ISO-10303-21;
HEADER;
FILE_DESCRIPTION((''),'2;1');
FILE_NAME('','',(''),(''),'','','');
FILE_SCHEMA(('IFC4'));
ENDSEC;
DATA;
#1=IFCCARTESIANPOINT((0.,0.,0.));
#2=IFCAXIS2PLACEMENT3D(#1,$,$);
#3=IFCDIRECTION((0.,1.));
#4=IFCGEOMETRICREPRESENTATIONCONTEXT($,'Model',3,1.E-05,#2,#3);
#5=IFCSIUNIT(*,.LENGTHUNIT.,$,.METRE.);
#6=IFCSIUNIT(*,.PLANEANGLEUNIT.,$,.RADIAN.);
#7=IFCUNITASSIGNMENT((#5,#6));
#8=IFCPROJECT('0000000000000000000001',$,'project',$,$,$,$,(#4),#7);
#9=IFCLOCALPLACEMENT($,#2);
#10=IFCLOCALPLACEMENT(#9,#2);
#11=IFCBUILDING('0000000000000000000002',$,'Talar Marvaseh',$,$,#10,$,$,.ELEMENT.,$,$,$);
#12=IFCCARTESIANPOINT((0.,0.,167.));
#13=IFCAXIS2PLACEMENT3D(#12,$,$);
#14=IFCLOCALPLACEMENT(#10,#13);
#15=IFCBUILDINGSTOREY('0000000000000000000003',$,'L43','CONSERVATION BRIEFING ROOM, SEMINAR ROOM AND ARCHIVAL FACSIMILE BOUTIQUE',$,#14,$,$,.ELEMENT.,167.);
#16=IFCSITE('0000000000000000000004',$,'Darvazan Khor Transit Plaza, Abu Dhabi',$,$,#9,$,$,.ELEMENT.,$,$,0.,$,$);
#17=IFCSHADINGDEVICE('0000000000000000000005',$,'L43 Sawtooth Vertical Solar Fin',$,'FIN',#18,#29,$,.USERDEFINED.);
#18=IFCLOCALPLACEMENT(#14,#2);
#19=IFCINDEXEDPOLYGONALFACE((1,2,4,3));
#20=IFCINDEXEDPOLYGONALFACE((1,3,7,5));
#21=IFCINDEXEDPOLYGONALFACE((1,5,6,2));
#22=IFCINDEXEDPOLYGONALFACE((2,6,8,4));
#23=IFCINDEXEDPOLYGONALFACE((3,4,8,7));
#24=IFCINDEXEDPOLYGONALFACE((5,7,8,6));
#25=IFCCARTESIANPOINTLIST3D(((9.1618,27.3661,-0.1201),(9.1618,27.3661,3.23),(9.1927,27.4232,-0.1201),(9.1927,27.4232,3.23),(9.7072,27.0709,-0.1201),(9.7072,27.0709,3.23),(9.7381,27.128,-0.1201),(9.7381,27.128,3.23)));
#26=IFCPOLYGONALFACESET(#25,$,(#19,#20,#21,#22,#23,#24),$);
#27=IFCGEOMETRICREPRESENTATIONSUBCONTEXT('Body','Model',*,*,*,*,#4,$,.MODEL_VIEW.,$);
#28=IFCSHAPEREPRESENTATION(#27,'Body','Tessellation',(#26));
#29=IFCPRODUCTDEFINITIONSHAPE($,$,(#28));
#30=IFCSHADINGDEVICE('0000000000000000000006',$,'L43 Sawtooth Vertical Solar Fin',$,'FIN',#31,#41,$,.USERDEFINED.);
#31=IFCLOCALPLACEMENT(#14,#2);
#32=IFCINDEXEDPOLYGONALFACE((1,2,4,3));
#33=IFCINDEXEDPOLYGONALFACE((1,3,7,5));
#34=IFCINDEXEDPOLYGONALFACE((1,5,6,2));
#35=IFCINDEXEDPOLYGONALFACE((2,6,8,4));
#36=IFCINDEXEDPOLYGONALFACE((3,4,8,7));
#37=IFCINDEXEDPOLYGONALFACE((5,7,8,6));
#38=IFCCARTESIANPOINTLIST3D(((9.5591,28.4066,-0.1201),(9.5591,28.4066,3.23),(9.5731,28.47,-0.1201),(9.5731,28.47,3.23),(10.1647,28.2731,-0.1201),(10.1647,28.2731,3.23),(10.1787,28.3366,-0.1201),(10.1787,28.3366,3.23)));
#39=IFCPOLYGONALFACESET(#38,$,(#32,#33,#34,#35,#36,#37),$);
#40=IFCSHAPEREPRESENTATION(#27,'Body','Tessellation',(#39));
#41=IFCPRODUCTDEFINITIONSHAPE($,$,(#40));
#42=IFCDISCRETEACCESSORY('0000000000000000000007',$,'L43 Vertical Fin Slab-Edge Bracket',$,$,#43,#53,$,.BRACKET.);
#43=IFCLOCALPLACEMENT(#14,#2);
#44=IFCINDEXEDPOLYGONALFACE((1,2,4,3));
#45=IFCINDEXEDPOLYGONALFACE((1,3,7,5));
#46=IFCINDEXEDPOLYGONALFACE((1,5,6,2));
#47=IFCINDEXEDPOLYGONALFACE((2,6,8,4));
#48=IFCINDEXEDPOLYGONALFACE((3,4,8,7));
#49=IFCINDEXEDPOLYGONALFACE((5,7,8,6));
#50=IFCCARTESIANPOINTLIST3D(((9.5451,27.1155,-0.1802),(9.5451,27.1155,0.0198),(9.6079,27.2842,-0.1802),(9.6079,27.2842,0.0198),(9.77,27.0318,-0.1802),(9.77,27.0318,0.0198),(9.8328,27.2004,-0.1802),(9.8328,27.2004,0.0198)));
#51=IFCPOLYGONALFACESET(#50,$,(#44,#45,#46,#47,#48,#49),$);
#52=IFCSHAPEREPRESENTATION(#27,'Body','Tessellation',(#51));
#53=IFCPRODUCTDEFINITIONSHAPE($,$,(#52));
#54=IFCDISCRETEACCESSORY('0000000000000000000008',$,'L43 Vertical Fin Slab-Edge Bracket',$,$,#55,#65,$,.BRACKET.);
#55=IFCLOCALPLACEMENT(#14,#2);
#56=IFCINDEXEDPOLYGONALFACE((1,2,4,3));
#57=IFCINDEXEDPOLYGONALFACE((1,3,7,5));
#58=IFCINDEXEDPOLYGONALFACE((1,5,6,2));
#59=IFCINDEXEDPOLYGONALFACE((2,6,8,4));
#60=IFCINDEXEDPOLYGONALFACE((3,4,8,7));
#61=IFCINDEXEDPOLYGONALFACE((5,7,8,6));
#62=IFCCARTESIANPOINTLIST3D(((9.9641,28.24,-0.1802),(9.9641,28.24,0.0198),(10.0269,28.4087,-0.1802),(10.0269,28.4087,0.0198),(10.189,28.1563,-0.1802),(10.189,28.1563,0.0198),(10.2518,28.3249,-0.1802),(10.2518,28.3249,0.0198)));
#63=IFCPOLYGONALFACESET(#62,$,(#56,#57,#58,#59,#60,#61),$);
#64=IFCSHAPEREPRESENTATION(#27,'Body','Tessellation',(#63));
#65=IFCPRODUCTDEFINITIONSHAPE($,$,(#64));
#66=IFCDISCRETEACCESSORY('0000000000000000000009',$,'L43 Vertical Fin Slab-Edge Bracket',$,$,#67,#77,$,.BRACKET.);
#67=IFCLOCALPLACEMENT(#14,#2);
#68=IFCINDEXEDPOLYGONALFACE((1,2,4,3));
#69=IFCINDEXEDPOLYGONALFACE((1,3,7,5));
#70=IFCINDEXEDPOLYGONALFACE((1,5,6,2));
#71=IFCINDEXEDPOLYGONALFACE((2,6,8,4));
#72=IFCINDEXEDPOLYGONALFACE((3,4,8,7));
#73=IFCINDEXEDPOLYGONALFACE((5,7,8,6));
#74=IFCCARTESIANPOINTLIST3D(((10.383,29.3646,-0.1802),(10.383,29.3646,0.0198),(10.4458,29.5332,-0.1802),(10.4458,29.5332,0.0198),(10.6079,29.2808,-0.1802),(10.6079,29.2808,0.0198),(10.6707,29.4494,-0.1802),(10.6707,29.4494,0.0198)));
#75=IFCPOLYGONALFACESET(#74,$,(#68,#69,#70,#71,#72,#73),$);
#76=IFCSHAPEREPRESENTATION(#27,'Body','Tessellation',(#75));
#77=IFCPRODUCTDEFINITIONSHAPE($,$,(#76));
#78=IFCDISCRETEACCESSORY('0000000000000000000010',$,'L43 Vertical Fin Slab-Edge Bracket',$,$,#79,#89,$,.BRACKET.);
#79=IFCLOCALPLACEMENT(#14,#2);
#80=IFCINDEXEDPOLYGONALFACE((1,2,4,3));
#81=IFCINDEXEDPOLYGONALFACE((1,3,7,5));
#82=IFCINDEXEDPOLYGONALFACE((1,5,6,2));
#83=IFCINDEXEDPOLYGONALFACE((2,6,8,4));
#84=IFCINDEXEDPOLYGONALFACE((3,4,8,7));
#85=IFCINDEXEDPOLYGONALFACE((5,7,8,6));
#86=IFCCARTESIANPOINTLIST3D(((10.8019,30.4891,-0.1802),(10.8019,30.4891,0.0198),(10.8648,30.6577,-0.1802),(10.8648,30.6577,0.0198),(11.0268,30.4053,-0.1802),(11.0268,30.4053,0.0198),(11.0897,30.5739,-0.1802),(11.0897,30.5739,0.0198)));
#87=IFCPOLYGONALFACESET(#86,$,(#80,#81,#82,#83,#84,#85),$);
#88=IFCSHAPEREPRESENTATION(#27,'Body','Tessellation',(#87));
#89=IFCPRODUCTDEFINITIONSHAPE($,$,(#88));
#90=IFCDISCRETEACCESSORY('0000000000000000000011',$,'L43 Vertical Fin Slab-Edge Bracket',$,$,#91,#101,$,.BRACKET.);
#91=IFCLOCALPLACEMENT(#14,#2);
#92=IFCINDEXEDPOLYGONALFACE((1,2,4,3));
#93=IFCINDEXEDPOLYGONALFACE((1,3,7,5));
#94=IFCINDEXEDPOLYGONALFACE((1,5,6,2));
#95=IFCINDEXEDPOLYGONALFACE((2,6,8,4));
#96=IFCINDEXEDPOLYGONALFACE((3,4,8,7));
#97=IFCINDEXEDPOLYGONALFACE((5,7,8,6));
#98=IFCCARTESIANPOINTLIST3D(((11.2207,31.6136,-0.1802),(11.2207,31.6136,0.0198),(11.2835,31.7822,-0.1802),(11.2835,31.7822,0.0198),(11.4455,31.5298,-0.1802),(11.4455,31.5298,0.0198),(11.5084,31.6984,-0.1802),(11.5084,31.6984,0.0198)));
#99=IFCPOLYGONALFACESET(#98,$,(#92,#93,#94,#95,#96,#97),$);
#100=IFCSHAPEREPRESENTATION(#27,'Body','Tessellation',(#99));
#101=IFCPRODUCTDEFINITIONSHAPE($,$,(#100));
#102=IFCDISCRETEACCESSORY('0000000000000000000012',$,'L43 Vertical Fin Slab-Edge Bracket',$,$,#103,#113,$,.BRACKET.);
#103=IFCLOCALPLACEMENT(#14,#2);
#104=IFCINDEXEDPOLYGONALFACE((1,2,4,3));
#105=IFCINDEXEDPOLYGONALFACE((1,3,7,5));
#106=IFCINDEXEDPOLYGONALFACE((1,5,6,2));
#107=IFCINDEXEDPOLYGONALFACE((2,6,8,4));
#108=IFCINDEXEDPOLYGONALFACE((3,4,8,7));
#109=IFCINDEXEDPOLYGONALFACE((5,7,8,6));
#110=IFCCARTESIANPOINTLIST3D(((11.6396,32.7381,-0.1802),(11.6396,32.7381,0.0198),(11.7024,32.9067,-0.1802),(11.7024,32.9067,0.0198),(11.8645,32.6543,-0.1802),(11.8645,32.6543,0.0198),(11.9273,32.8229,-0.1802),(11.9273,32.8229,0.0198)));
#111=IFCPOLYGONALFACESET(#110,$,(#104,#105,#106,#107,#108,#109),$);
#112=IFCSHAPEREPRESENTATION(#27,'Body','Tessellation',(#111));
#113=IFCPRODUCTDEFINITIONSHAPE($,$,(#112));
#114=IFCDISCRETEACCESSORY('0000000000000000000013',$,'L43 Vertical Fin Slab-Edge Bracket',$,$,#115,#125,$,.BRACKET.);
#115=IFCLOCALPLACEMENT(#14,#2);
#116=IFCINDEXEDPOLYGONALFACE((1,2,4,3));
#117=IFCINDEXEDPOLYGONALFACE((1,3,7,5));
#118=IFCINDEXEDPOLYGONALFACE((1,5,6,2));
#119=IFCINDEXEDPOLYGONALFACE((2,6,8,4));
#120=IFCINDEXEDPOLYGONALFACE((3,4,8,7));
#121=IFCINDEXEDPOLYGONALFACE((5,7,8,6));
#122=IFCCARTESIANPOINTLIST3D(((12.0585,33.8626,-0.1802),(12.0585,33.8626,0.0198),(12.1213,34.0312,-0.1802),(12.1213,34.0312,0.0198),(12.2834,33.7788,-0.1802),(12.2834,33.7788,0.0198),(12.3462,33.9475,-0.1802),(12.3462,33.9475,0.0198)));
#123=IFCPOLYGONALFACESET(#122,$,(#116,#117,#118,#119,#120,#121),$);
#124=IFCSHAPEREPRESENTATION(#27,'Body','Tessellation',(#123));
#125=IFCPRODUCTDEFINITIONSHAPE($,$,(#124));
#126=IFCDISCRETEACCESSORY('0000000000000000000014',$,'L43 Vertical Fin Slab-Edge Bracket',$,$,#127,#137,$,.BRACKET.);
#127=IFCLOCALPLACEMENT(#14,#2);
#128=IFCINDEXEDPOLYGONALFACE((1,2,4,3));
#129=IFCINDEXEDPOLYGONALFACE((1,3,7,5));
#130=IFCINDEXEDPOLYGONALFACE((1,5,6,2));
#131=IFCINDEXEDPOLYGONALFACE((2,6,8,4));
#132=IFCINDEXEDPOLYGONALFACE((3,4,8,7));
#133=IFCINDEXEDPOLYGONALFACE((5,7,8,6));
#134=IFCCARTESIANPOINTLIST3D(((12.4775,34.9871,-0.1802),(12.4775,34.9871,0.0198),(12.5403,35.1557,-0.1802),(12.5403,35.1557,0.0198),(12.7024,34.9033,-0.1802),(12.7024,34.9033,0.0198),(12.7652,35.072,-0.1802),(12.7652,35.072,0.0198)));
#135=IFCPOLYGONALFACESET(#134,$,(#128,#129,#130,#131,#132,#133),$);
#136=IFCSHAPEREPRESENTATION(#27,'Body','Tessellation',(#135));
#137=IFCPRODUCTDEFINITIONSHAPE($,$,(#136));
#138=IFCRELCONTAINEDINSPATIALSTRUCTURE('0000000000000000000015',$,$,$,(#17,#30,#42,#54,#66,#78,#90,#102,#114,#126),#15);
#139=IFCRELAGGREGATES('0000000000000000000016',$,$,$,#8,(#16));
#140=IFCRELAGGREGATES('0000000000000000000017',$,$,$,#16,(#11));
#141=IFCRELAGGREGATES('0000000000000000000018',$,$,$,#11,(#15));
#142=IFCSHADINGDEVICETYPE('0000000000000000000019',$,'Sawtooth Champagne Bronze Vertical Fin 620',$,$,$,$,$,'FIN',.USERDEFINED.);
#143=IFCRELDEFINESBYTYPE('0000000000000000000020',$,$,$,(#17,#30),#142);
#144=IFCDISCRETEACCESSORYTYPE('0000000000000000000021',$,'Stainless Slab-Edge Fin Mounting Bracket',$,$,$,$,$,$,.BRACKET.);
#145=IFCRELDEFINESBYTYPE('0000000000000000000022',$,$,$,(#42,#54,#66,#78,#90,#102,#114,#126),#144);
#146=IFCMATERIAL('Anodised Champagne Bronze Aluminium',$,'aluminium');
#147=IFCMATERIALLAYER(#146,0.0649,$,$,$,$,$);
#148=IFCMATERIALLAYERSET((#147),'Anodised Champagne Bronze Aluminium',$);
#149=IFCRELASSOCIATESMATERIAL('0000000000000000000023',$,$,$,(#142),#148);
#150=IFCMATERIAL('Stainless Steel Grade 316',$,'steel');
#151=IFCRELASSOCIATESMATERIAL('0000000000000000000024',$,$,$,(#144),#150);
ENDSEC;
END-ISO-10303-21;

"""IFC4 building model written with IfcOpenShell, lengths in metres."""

from ifc_helpers import new_model, si_unit, direction, frame, origin, origin_2d, place, context, subcontext, project, spatial, rectangle, extrude, source, transform, mapped, material, layer, layer_set, type_object, type_shapes, element, save


model = new_model("IFC4")

# Units and contexts
model_context = context("Model", 3, precision=1e-05, world=origin(), true_north=direction((0.0, 1.0)))
body_context = subcontext(model_context, "Body", "Model", "MODEL_VIEW")
ifc_project = project(units=[si_unit("LENGTHUNIT", "METRE"), si_unit("PLANEANGLEUNIT", "RADIAN")], contexts=[model_context])

# Site, building, storey
site_placement = place(None, origin())
site = spatial("IfcSite", under=ifc_project, at=site_placement, Name="Darvazan Khor Transit Plaza, Abu Dhabi", CompositionType="ELEMENT", RefElevation=0.0)
building_placement = place(site_placement, origin())
building = spatial("IfcBuilding", under=site, at=building_placement, Name="Talar Marvaseh", CompositionType="ELEMENT")
storey_placement = place(building_placement, frame((0.0, 0.0, 167.0)))
storey = spatial("IfcBuildingStorey", under=building, at=storey_placement, Name="L43", Description="CONSERVATION BRIEFING ROOM, SEMINAR ROOM AND ARCHIVAL FACSIMILE BOUTIQUE", CompositionType="ELEMENT", Elevation=167.0)

# Shared definitions
ifc_material_1 = material(Name="Stainless Steel Grade 316", Category="steel")

# Shading devices
ifc_material_2 = material(Name="Anodised Champagne Bronze Aluminium", Category="aluminium")
ifc_layer_1 = layer(ifc_material_2, 0.0649)
ifc_layer_set_1 = layer_set([ifc_layer_1], Name="Anodised Champagne Bronze Aluminium")
shading_device_type_1 = type_object("IfcShadingDeviceType", Name="Sawtooth Champagne Bronze Vertical Fin 620", ElementType="FIN", PredefinedType="USERDEFINED", material=ifc_layer_set_1)
shared_shape_1 = source(origin(), body_context, "Body", "SweptSolid", [
    extrude(rectangle(XDim=0.6201, YDim=0.0649, at=origin_2d()), origin(), (0.0, 0.0, 1.0), 3.3501),
])
type_shapes(shading_device_type_1, [shared_shape_1])
for number, where, z_axis, x_axis, name in (
    (1, (9.45, 27.2471, -0.1201), (0.0, 0.0, 1.0), (-0.879399, 0.476085, 0.0), "L43 Sawtooth Vertical Solar Fin"),
    (2, (9.8689, 28.3716, -0.1201), (0.0, 0.0, 1.0), (-0.97656, 0.215247, 0.0), "L43 Sawtooth Vertical Solar Fin"),
):
    element("IfcShadingDevice", number, at=place(storey_placement, frame(where, z_axis=z_axis, x_axis=x_axis)), inside=storey, type_object=shading_device_type_1, Name=name, ObjectType="FIN", PredefinedType="USERDEFINED", context=body_context, shape_type="MappedRepresentation", body=[
        mapped(shared_shape_1, transform((0.0, 0.0, 0.0), x_axis=(1.0, 0.0, 0.0), y_axis=(0.0, 1.0, 0.0), z_axis=(0.0, 0.0, 1.0), scale=1.0)),
    ])

# Discrete accessories
discrete_accessory_type = type_object("IfcDiscreteAccessoryType", Name="Stainless Slab-Edge Fin Mounting Bracket", PredefinedType="BRACKET", material=ifc_material_1)
shared_shape_2 = source(origin(), body_context, "Body", "SweptSolid", [
    extrude(rectangle(XDim=0.24, YDim=0.1799, at=origin_2d()), origin(), (0.0, 0.0, 1.0), 0.2),
])
type_shapes(discrete_accessory_type, [shared_shape_2])
for number, where, z_axis, x_axis, name in (
    (3, (9.689, 27.158, -0.1802), (0.0, 0.0, 1.0), (-0.937099, 0.349063, 0.0), "L43 Vertical Fin Slab-Edge Bracket"),
    (4, (10.1079, 28.2825, -0.1802), (0.0, 0.0, 1.0), (-0.937099, 0.349063, 0.0), "L43 Vertical Fin Slab-Edge Bracket"),
    (5, (10.5269, 29.407, -0.1802), (0.0, 0.0, 1.0), (-0.937099, 0.349063, 0.0), "L43 Vertical Fin Slab-Edge Bracket"),
    (6, (10.9458, 30.5315, -0.1802), (0.0, 0.0, 1.0), (-0.937099, 0.349063, 0.0), "L43 Vertical Fin Slab-Edge Bracket"),
    (7, (11.3645, 31.656, -0.1802), (0.0, 0.0, 1.0), (-0.937099, 0.349063, 0.0), "L43 Vertical Fin Slab-Edge Bracket"),
    (8, (11.7834, 32.7805, -0.1802), (0.0, 0.0, 1.0), (-0.937099, 0.349063, 0.0), "L43 Vertical Fin Slab-Edge Bracket"),
    (9, (12.2024, 33.905, -0.1802), (0.0, 0.0, 1.0), (-0.937099, 0.349063, 0.0), "L43 Vertical Fin Slab-Edge Bracket"),
    (10, (12.6213, 35.0295, -0.1802), (0.0, 0.0, 1.0), (-0.937099, 0.349063, 0.0), "L43 Vertical Fin Slab-Edge Bracket"),
):
    element("IfcDiscreteAccessory", number, at=place(storey_placement, frame(where, z_axis=z_axis, x_axis=x_axis)), inside=storey, type_object=discrete_accessory_type, Name=name, PredefinedType="BRACKET", context=body_context, shape_type="MappedRepresentation", body=[
        mapped(shared_shape_2, transform((0.0, 0.0, 0.0), x_axis=(1.0, 0.0, 0.0), y_axis=(0.0, 1.0, 0.0), z_axis=(0.0, 0.0, 1.0), scale=1.0)),
    ])

save(model, "model.ifc")
